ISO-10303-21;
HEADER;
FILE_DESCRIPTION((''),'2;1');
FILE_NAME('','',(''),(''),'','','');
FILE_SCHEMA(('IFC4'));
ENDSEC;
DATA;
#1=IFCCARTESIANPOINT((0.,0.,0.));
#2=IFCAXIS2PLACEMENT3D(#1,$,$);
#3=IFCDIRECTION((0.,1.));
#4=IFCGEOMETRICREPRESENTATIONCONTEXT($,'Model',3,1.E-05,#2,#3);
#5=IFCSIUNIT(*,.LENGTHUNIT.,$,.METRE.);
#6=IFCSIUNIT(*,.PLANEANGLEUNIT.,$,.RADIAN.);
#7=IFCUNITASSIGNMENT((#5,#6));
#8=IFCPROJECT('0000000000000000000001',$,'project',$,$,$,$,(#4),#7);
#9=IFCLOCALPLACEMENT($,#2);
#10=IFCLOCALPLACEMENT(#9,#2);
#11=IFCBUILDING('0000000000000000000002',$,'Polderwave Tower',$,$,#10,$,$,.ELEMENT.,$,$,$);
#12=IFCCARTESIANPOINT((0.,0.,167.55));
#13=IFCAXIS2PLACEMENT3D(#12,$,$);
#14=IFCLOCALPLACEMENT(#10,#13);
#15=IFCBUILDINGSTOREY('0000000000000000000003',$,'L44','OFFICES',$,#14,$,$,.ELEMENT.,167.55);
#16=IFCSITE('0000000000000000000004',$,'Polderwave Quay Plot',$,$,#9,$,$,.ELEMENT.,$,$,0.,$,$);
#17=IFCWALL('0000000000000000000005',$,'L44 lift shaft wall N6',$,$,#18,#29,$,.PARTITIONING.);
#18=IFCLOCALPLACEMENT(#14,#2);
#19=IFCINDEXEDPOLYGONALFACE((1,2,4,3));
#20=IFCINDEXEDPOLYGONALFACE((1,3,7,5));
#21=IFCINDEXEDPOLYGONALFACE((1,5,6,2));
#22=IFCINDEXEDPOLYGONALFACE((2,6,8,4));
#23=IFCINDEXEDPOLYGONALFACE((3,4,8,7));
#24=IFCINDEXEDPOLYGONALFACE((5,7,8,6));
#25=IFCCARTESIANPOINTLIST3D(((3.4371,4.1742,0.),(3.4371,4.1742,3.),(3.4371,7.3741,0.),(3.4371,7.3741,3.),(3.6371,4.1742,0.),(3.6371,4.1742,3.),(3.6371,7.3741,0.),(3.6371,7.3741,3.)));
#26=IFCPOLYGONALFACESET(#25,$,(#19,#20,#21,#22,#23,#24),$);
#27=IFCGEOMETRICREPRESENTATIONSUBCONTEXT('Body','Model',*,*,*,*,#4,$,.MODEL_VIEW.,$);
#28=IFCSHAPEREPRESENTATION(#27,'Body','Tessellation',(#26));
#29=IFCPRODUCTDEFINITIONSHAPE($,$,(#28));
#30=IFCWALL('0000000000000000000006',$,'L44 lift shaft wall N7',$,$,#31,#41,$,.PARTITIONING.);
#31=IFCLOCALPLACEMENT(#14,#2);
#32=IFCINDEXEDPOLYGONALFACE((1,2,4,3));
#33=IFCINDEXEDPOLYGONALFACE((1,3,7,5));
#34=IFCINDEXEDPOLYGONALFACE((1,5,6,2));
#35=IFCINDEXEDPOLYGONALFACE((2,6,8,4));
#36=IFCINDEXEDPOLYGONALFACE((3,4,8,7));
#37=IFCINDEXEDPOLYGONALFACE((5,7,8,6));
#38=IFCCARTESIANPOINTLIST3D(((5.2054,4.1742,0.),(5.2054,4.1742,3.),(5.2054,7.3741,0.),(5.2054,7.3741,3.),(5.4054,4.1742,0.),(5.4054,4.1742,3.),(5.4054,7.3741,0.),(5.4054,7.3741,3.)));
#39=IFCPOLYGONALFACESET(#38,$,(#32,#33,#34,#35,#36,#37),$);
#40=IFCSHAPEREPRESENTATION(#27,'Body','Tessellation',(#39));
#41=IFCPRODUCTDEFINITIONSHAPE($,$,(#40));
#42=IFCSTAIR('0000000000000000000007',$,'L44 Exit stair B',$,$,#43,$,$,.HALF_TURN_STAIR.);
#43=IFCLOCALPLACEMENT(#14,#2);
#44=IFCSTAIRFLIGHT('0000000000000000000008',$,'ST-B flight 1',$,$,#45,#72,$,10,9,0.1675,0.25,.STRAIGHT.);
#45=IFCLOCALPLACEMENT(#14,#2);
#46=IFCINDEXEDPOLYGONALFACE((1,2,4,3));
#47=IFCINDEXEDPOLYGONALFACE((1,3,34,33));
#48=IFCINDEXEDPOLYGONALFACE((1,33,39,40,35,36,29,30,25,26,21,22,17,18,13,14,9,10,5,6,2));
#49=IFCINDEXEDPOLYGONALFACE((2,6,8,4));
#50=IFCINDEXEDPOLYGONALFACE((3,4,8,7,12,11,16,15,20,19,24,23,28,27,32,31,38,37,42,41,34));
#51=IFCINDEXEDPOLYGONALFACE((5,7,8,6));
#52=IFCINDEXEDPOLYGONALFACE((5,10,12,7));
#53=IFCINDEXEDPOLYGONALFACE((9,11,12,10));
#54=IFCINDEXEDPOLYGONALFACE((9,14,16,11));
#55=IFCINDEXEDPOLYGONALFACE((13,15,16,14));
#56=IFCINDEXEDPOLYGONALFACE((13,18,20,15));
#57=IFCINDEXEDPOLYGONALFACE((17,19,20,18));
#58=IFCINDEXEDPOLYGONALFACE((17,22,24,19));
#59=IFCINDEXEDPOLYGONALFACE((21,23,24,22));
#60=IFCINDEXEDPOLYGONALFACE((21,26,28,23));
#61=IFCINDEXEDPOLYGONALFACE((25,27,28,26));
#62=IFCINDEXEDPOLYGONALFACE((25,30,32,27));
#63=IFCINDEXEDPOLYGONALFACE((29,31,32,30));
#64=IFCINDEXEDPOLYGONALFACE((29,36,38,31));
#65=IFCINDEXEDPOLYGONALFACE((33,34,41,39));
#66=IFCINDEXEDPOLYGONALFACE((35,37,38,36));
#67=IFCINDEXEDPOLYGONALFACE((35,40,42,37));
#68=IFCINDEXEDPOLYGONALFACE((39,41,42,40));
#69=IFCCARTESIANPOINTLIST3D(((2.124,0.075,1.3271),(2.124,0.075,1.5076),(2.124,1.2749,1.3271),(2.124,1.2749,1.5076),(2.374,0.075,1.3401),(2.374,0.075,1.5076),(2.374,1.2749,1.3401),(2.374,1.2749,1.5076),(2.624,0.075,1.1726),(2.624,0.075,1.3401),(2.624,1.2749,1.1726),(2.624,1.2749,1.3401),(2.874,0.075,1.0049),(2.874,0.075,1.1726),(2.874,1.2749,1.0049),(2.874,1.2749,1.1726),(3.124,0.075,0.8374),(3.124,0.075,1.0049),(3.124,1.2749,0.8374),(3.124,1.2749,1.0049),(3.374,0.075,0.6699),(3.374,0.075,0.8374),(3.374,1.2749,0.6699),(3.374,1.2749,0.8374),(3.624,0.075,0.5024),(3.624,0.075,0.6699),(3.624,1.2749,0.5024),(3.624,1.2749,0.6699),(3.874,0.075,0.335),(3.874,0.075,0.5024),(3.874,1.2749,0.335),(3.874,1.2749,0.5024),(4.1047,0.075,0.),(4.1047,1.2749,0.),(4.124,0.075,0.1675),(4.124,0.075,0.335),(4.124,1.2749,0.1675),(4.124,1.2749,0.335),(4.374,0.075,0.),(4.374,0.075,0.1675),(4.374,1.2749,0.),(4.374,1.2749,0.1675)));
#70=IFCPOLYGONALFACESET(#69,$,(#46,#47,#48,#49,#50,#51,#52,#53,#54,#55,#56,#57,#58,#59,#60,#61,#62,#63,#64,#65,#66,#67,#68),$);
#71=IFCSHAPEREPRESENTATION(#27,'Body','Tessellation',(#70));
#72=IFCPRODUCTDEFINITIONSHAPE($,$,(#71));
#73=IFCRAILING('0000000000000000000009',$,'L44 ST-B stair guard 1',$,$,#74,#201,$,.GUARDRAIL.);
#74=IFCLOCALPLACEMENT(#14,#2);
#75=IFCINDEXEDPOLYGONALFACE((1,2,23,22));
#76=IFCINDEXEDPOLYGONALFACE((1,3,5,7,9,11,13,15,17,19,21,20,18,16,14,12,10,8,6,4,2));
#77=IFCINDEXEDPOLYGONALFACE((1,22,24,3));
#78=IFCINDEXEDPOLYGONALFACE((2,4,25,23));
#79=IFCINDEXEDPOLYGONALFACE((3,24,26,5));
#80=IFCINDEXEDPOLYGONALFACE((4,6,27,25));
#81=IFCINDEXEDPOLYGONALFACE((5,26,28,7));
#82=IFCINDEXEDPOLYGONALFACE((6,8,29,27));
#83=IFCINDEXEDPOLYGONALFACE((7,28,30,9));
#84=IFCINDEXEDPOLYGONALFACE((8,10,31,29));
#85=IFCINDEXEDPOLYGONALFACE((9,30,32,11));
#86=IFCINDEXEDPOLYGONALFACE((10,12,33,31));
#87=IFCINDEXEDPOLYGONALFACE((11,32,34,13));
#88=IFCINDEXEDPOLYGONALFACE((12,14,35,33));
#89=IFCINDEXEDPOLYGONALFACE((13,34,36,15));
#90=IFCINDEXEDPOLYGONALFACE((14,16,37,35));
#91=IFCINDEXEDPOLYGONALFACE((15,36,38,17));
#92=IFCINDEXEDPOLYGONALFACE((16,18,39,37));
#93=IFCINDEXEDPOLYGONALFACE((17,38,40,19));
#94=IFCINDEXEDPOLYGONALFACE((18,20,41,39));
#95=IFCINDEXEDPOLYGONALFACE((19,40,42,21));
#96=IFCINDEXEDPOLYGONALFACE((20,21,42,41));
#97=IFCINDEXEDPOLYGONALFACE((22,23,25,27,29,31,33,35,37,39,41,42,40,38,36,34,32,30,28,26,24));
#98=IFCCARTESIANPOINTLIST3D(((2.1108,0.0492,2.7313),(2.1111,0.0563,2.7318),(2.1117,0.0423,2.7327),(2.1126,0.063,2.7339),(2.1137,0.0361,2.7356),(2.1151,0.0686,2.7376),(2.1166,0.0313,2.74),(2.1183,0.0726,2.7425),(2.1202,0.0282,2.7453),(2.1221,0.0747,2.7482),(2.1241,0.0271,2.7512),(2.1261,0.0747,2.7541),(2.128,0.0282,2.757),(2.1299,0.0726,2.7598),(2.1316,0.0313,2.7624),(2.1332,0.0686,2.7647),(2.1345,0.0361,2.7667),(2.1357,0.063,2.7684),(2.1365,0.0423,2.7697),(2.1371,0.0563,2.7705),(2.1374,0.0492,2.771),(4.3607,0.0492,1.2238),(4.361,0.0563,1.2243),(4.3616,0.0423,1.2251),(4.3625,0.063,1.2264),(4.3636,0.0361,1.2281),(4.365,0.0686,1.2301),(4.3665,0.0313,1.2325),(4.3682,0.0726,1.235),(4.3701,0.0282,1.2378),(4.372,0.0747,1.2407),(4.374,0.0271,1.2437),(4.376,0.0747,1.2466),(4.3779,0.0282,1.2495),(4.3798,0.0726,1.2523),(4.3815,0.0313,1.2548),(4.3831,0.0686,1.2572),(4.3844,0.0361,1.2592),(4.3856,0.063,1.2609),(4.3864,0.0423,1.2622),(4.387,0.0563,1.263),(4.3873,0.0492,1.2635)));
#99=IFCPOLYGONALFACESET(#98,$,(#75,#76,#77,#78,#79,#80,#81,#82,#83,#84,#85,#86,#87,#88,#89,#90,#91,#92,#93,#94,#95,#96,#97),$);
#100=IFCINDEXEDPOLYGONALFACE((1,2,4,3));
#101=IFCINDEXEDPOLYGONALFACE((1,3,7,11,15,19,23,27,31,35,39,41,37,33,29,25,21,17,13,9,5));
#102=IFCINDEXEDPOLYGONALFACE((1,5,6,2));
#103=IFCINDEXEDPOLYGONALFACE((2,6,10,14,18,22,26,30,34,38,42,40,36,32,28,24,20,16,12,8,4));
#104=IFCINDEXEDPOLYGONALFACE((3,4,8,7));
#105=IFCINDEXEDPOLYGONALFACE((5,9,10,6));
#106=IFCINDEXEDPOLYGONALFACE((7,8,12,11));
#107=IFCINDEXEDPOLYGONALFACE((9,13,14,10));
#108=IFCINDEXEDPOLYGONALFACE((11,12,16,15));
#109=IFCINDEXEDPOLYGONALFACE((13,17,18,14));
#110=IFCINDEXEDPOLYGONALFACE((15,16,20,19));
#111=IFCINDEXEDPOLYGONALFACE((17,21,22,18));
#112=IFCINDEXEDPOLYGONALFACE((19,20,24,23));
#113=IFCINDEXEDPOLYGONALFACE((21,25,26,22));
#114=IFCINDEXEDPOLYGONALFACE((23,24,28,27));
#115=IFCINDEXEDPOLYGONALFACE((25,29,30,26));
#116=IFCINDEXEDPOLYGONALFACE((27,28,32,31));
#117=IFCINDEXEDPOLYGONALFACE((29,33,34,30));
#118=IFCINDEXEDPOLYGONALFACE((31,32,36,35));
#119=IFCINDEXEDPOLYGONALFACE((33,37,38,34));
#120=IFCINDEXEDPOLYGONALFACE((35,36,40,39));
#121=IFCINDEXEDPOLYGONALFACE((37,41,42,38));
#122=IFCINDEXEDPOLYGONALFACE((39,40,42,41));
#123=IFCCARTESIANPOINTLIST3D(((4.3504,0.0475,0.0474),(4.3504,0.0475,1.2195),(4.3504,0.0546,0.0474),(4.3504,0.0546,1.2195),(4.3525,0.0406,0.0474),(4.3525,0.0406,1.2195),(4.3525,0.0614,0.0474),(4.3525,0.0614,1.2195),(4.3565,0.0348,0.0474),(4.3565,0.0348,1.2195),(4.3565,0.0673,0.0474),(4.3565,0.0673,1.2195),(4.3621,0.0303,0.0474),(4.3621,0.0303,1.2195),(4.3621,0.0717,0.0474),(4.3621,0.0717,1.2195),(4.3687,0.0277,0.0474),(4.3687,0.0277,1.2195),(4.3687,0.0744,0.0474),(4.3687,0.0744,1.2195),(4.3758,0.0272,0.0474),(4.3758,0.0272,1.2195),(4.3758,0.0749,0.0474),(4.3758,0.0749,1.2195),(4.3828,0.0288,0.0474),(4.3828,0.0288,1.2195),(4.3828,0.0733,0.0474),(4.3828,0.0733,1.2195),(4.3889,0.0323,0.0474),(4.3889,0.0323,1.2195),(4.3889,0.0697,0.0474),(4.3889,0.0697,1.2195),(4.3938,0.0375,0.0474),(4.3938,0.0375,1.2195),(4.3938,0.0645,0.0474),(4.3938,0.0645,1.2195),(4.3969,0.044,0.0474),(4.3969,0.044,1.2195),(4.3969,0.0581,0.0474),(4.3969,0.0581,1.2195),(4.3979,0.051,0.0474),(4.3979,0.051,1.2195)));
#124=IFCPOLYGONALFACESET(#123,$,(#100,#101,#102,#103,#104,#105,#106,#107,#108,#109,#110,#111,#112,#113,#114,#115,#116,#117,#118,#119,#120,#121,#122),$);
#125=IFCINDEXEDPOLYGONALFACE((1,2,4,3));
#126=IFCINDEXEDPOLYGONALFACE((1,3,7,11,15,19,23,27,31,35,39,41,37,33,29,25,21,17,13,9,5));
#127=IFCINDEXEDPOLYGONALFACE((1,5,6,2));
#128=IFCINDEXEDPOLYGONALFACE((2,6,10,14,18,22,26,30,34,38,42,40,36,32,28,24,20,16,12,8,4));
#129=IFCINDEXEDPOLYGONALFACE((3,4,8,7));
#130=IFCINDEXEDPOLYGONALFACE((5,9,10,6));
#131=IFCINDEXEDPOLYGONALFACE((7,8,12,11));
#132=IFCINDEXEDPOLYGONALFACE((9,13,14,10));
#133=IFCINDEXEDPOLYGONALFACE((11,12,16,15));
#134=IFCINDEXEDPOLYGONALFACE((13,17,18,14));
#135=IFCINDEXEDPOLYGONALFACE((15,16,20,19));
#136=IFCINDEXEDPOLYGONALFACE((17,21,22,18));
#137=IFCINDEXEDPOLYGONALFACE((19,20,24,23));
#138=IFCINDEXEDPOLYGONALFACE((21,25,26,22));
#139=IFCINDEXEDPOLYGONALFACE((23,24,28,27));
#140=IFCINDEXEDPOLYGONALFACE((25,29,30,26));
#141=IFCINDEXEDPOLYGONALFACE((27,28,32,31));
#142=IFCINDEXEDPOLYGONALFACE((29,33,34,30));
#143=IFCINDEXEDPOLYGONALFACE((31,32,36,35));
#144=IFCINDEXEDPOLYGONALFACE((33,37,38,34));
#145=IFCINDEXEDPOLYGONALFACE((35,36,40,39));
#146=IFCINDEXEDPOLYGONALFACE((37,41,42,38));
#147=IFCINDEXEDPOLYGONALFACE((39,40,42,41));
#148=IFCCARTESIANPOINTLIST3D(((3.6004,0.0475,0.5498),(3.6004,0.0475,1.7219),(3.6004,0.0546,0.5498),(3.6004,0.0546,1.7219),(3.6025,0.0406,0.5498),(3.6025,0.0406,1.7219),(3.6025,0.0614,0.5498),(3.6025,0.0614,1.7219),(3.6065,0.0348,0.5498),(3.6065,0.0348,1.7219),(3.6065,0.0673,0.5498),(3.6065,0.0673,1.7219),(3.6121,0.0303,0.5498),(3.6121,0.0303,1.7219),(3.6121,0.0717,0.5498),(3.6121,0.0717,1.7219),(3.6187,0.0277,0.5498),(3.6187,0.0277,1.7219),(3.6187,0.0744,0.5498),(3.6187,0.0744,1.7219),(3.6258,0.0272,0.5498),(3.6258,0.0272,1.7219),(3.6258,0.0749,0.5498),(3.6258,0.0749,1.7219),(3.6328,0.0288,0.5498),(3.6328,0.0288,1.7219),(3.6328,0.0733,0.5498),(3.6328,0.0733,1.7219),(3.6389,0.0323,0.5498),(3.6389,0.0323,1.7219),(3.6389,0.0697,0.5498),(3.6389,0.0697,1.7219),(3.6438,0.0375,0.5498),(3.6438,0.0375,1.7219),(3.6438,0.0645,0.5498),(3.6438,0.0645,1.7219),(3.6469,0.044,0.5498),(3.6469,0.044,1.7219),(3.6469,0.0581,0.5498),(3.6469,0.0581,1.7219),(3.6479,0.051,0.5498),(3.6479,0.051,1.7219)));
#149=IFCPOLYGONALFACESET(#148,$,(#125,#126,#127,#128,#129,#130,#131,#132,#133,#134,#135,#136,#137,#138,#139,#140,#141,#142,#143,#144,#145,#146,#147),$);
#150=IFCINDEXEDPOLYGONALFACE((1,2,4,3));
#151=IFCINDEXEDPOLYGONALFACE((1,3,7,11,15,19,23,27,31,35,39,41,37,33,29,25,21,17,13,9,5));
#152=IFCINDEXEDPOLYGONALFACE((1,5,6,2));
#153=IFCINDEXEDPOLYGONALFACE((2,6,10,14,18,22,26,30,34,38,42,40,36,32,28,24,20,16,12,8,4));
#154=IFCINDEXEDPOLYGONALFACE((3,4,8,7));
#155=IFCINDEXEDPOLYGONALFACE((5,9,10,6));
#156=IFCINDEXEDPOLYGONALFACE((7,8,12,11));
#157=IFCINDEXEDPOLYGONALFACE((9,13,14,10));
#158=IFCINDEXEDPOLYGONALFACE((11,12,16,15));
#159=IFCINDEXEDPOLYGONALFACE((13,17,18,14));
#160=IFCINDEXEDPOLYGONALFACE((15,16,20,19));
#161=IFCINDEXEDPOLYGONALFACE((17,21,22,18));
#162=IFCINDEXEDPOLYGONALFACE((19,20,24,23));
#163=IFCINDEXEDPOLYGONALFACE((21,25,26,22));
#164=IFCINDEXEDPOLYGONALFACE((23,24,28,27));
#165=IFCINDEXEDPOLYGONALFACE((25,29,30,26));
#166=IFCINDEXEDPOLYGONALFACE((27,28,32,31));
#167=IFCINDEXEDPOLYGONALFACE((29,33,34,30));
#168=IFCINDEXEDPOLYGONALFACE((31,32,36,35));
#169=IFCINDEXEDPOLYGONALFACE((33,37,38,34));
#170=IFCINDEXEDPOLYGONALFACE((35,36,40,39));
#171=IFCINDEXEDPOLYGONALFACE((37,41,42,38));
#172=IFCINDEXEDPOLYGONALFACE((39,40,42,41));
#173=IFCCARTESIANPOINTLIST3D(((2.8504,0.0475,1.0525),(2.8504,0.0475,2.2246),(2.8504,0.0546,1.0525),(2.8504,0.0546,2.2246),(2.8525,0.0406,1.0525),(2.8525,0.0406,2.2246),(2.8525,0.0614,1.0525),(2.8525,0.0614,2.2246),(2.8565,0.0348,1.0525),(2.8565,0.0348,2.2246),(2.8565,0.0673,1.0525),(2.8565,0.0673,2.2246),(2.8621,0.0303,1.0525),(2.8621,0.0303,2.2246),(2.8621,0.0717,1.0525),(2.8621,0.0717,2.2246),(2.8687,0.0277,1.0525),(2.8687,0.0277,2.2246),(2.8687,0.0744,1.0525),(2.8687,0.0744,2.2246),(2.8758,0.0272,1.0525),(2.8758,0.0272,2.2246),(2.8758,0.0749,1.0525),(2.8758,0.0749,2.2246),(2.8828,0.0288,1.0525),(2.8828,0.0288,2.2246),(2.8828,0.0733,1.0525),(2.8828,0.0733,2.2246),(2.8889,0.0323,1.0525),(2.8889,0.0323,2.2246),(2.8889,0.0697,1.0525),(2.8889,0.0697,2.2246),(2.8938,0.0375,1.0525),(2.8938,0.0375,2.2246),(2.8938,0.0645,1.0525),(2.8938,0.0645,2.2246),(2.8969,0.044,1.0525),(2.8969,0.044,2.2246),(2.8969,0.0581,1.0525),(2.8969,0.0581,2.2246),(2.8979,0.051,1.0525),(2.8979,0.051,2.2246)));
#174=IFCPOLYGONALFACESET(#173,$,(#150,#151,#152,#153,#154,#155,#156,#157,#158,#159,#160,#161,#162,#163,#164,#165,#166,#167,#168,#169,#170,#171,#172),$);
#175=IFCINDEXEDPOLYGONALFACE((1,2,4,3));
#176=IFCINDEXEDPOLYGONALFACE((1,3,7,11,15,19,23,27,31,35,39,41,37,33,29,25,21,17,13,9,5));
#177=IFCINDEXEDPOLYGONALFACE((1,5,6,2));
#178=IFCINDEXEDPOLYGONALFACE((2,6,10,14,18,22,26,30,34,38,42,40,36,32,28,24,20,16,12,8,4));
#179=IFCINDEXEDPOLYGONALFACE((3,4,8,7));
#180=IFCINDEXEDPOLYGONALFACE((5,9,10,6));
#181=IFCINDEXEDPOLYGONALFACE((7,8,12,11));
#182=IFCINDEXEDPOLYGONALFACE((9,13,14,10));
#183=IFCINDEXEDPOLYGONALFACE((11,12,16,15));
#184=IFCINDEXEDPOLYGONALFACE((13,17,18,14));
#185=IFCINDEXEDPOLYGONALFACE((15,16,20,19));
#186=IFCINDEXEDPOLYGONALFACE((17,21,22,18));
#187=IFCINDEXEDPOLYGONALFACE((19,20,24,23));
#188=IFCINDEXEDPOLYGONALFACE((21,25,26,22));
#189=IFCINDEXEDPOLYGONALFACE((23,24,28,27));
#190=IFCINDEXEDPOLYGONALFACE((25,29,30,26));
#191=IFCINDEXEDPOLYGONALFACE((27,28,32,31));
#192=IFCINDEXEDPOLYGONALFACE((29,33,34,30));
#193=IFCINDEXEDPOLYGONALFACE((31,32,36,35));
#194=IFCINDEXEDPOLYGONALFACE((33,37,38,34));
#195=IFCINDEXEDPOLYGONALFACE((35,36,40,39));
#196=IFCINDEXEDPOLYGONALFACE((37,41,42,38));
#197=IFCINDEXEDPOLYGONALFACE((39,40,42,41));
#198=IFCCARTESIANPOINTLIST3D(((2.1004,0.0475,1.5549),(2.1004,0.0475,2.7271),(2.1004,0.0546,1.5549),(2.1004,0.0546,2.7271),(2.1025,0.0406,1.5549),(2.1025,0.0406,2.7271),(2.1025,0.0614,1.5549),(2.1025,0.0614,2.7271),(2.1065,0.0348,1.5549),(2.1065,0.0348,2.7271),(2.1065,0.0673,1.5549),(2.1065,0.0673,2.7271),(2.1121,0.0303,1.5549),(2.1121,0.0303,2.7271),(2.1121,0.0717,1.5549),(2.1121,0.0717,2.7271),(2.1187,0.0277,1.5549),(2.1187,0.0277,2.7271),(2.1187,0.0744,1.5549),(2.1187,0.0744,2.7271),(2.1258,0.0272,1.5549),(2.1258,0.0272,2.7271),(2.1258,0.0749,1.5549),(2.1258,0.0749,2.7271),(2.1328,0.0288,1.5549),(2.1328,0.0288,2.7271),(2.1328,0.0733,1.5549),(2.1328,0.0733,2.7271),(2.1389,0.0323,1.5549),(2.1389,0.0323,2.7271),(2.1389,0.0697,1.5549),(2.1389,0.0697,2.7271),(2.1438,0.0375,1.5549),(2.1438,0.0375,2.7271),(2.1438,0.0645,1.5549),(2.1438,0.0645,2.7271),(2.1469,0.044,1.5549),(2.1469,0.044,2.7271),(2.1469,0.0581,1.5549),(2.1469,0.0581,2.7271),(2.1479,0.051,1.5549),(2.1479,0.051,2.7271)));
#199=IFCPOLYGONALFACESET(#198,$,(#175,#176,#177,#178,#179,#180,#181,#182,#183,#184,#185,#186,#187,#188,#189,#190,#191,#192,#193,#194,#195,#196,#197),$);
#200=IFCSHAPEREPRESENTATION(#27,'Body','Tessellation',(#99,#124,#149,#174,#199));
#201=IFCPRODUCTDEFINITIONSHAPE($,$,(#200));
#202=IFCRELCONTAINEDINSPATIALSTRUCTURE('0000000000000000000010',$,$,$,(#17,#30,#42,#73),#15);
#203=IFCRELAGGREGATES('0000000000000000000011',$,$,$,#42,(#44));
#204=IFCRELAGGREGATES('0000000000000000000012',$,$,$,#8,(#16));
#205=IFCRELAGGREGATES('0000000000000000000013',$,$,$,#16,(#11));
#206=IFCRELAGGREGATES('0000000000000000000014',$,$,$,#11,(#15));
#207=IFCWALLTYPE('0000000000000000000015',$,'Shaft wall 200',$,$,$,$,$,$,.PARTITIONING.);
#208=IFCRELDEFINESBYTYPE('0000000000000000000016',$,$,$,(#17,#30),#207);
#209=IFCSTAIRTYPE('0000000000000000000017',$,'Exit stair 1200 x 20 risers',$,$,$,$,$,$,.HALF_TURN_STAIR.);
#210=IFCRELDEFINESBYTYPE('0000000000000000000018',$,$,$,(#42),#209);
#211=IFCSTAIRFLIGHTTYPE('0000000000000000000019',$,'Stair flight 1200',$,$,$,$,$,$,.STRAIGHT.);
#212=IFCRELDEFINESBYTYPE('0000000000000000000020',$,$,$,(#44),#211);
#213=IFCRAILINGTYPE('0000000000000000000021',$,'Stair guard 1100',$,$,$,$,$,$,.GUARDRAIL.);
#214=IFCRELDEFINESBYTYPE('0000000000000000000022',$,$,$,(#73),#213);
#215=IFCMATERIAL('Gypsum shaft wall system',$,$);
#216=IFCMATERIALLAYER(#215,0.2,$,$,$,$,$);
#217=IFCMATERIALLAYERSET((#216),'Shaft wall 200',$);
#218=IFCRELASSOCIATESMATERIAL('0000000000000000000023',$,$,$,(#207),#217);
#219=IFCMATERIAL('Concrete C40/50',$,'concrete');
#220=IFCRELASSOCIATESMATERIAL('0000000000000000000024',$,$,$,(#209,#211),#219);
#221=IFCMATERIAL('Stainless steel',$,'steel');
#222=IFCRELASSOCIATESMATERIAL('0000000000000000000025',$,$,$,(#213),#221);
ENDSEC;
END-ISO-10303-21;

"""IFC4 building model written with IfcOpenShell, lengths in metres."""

from ifc_helpers import new_model, si_unit, direction, frame, frame_2d, origin, origin_2d, place, context, subcontext, project, spatial, polyline, rectangle, circle, outline, extrude, material, layer, layer_set, type_object, element, aggregate, save


model = new_model("IFC4")

# Units and contexts
model_context = context("Model", 3, precision=1e-05, world=origin(), true_north=direction((0.0, 1.0)))
body_context = subcontext(model_context, "Body", "Model", "MODEL_VIEW")
ifc_project = project(units=[si_unit("LENGTHUNIT", "METRE"), si_unit("PLANEANGLEUNIT", "RADIAN")], contexts=[model_context])

# Site, building, storey
site_placement = place(None, origin())
site = spatial("IfcSite", under=ifc_project, at=site_placement, Name="Polderwave Quay Plot", CompositionType="ELEMENT", RefElevation=0.0)
building_placement = place(site_placement, origin())
building = spatial("IfcBuilding", under=site, at=building_placement, Name="Polderwave Tower", CompositionType="ELEMENT")
storey_placement = place(building_placement, frame((0.0, 0.0, 167.55)))
storey = spatial("IfcBuildingStorey", under=building, at=storey_placement, Name="L44", Description="OFFICES", CompositionType="ELEMENT", Elevation=167.55)

# Walls
ifc_material_1 = material(Name="Gypsum shaft wall system")
ifc_layer_1 = layer(ifc_material_1, 0.2)
ifc_layer_set_1 = layer_set([ifc_layer_1], Name="Shaft wall 200")
wall_type_1 = type_object("IfcWallType", Name="Shaft wall 200", PredefinedType="PARTITIONING", material=ifc_layer_set_1)
for number, where, z_axis, x_axis, name in (
    (1, (3.5371, 4.1741, 0.0), (0.0, 0.0, 1.0), (0.0, 1.0, 0.0), "L44 lift shaft wall N6"),
    (2, (5.3054, 4.1741, 0.0), (0.0, 0.0, 1.0), (0.0, 1.0, 0.0), "L44 lift shaft wall N7"),
):
    element("IfcWall", number, at=place(storey_placement, frame(where, z_axis=z_axis, x_axis=x_axis)), inside=storey, type_object=wall_type_1, Name=name, PredefinedType="PARTITIONING", context=body_context, shape_type="SweptSolid", body=[
        extrude(rectangle(XDim=3.2, YDim=0.2, at=frame_2d((1.6001, 0.0))), origin(), (0.0, 0.0, 1.0), 3.0),
    ])

# Stair, stair flight
ifc_material_2 = material(Name="Concrete C40/50", Category="concrete")
stair_type = type_object("IfcStairType", Name="Exit stair 1200 x 20 risers", PredefinedType="HALF_TURN_STAIR", material=ifc_material_2)
stair_placement = place(storey_placement, origin())
stair = element("IfcStair", 3, at=stair_placement, inside=storey, type_object=stair_type, Name="L44 Exit stair B", PredefinedType="HALF_TURN_STAIR")
stair_flight_type = type_object("IfcStairFlightType", Name="Stair flight 1200", PredefinedType="STRAIGHT", material=ifc_material_2)
stair_flight_placement = place(storey_placement, frame((4.374, 0.675, 0.0), z_axis=(0.0, 0.0, 1.0), x_axis=(-1.0, 0.0, 0.0)))
stair_flight = element("IfcStairFlight", 4, at=stair_flight_placement, type_object=stair_flight_type, Name="ST-B flight 1", NumberOfRisers=10, NumberOfTreads=9, PredefinedType="STRAIGHT", RiserHeight=0.1675, TreadLength=0.25, context=body_context, shape_type="SweptSolid", body=[
    extrude(outline(polyline([(0.0, 0.0), (0.0, 0.1675), (0.25, 0.1675), (0.25, 0.335), (0.5, 0.335), (0.5, 0.5024), (0.75, 0.5024), (0.75, 0.6699), (1.0, 0.6699), (1.0, 0.8374), (1.25, 0.8374), (1.25, 1.0049), (1.5, 1.0049), (1.5, 1.1726), (1.75, 1.1726), (1.75, 1.3401), (2.0, 1.3401), (2.0, 1.5076), (2.25, 1.5076), (2.25, 1.675), (2.25, 1.3271), (0.2693, 0.0), (0.0, 0.0)])), frame((0.0, 0.6001, 0.0), z_axis=(0.0, -1.0, 0.0), x_axis=(1.0, 0.0, 0.0)), (0.0, 0.0, 1.0), 1.2),
])
aggregate(stair, [stair_flight])

# Railing
ifc_material_3 = material(Name="Stainless steel", Category="steel")
railing_type_1 = type_object("IfcRailingType", Name="Stair guard 1100", PredefinedType="GUARDRAIL", material=ifc_material_3)
railing_1_placement = place(storey_placement, frame((4.374, 0.051, 0.0474)))
element("IfcRailing", 5, at=railing_1_placement, inside=storey, type_object=railing_type_1, Name="L44 ST-B stair guard 1", PredefinedType="GUARDRAIL", context=body_context, shape_type="SweptSolid", body=[
    extrude(circle(Radius=0.0239, at=origin_2d()), frame((0.0, 0.0, 1.1963), z_axis=(-0.830758, 0.0, 0.556633), x_axis=(0.0, -1.0, 0.0)), (0.0, 0.0, 1.0), 2.7083),
    extrude(circle(Radius=0.0239, at=origin_2d()), origin(), (0.0, 0.0, 1.0), 1.1721),
    extrude(circle(Radius=0.0239, at=origin_2d()), frame((-0.75, 0.0, 0.5024)), (0.0, 0.0, 1.0), 1.1721),
    extrude(circle(Radius=0.0239, at=origin_2d()), frame((-1.5, 0.0, 1.0051)), (0.0, 0.0, 1.0), 1.1721),
    extrude(circle(Radius=0.0239, at=origin_2d()), frame((-2.25, 0.0, 1.5076)), (0.0, 0.0, 1.0), 1.1721),
])

save(model, "model.ifc")
